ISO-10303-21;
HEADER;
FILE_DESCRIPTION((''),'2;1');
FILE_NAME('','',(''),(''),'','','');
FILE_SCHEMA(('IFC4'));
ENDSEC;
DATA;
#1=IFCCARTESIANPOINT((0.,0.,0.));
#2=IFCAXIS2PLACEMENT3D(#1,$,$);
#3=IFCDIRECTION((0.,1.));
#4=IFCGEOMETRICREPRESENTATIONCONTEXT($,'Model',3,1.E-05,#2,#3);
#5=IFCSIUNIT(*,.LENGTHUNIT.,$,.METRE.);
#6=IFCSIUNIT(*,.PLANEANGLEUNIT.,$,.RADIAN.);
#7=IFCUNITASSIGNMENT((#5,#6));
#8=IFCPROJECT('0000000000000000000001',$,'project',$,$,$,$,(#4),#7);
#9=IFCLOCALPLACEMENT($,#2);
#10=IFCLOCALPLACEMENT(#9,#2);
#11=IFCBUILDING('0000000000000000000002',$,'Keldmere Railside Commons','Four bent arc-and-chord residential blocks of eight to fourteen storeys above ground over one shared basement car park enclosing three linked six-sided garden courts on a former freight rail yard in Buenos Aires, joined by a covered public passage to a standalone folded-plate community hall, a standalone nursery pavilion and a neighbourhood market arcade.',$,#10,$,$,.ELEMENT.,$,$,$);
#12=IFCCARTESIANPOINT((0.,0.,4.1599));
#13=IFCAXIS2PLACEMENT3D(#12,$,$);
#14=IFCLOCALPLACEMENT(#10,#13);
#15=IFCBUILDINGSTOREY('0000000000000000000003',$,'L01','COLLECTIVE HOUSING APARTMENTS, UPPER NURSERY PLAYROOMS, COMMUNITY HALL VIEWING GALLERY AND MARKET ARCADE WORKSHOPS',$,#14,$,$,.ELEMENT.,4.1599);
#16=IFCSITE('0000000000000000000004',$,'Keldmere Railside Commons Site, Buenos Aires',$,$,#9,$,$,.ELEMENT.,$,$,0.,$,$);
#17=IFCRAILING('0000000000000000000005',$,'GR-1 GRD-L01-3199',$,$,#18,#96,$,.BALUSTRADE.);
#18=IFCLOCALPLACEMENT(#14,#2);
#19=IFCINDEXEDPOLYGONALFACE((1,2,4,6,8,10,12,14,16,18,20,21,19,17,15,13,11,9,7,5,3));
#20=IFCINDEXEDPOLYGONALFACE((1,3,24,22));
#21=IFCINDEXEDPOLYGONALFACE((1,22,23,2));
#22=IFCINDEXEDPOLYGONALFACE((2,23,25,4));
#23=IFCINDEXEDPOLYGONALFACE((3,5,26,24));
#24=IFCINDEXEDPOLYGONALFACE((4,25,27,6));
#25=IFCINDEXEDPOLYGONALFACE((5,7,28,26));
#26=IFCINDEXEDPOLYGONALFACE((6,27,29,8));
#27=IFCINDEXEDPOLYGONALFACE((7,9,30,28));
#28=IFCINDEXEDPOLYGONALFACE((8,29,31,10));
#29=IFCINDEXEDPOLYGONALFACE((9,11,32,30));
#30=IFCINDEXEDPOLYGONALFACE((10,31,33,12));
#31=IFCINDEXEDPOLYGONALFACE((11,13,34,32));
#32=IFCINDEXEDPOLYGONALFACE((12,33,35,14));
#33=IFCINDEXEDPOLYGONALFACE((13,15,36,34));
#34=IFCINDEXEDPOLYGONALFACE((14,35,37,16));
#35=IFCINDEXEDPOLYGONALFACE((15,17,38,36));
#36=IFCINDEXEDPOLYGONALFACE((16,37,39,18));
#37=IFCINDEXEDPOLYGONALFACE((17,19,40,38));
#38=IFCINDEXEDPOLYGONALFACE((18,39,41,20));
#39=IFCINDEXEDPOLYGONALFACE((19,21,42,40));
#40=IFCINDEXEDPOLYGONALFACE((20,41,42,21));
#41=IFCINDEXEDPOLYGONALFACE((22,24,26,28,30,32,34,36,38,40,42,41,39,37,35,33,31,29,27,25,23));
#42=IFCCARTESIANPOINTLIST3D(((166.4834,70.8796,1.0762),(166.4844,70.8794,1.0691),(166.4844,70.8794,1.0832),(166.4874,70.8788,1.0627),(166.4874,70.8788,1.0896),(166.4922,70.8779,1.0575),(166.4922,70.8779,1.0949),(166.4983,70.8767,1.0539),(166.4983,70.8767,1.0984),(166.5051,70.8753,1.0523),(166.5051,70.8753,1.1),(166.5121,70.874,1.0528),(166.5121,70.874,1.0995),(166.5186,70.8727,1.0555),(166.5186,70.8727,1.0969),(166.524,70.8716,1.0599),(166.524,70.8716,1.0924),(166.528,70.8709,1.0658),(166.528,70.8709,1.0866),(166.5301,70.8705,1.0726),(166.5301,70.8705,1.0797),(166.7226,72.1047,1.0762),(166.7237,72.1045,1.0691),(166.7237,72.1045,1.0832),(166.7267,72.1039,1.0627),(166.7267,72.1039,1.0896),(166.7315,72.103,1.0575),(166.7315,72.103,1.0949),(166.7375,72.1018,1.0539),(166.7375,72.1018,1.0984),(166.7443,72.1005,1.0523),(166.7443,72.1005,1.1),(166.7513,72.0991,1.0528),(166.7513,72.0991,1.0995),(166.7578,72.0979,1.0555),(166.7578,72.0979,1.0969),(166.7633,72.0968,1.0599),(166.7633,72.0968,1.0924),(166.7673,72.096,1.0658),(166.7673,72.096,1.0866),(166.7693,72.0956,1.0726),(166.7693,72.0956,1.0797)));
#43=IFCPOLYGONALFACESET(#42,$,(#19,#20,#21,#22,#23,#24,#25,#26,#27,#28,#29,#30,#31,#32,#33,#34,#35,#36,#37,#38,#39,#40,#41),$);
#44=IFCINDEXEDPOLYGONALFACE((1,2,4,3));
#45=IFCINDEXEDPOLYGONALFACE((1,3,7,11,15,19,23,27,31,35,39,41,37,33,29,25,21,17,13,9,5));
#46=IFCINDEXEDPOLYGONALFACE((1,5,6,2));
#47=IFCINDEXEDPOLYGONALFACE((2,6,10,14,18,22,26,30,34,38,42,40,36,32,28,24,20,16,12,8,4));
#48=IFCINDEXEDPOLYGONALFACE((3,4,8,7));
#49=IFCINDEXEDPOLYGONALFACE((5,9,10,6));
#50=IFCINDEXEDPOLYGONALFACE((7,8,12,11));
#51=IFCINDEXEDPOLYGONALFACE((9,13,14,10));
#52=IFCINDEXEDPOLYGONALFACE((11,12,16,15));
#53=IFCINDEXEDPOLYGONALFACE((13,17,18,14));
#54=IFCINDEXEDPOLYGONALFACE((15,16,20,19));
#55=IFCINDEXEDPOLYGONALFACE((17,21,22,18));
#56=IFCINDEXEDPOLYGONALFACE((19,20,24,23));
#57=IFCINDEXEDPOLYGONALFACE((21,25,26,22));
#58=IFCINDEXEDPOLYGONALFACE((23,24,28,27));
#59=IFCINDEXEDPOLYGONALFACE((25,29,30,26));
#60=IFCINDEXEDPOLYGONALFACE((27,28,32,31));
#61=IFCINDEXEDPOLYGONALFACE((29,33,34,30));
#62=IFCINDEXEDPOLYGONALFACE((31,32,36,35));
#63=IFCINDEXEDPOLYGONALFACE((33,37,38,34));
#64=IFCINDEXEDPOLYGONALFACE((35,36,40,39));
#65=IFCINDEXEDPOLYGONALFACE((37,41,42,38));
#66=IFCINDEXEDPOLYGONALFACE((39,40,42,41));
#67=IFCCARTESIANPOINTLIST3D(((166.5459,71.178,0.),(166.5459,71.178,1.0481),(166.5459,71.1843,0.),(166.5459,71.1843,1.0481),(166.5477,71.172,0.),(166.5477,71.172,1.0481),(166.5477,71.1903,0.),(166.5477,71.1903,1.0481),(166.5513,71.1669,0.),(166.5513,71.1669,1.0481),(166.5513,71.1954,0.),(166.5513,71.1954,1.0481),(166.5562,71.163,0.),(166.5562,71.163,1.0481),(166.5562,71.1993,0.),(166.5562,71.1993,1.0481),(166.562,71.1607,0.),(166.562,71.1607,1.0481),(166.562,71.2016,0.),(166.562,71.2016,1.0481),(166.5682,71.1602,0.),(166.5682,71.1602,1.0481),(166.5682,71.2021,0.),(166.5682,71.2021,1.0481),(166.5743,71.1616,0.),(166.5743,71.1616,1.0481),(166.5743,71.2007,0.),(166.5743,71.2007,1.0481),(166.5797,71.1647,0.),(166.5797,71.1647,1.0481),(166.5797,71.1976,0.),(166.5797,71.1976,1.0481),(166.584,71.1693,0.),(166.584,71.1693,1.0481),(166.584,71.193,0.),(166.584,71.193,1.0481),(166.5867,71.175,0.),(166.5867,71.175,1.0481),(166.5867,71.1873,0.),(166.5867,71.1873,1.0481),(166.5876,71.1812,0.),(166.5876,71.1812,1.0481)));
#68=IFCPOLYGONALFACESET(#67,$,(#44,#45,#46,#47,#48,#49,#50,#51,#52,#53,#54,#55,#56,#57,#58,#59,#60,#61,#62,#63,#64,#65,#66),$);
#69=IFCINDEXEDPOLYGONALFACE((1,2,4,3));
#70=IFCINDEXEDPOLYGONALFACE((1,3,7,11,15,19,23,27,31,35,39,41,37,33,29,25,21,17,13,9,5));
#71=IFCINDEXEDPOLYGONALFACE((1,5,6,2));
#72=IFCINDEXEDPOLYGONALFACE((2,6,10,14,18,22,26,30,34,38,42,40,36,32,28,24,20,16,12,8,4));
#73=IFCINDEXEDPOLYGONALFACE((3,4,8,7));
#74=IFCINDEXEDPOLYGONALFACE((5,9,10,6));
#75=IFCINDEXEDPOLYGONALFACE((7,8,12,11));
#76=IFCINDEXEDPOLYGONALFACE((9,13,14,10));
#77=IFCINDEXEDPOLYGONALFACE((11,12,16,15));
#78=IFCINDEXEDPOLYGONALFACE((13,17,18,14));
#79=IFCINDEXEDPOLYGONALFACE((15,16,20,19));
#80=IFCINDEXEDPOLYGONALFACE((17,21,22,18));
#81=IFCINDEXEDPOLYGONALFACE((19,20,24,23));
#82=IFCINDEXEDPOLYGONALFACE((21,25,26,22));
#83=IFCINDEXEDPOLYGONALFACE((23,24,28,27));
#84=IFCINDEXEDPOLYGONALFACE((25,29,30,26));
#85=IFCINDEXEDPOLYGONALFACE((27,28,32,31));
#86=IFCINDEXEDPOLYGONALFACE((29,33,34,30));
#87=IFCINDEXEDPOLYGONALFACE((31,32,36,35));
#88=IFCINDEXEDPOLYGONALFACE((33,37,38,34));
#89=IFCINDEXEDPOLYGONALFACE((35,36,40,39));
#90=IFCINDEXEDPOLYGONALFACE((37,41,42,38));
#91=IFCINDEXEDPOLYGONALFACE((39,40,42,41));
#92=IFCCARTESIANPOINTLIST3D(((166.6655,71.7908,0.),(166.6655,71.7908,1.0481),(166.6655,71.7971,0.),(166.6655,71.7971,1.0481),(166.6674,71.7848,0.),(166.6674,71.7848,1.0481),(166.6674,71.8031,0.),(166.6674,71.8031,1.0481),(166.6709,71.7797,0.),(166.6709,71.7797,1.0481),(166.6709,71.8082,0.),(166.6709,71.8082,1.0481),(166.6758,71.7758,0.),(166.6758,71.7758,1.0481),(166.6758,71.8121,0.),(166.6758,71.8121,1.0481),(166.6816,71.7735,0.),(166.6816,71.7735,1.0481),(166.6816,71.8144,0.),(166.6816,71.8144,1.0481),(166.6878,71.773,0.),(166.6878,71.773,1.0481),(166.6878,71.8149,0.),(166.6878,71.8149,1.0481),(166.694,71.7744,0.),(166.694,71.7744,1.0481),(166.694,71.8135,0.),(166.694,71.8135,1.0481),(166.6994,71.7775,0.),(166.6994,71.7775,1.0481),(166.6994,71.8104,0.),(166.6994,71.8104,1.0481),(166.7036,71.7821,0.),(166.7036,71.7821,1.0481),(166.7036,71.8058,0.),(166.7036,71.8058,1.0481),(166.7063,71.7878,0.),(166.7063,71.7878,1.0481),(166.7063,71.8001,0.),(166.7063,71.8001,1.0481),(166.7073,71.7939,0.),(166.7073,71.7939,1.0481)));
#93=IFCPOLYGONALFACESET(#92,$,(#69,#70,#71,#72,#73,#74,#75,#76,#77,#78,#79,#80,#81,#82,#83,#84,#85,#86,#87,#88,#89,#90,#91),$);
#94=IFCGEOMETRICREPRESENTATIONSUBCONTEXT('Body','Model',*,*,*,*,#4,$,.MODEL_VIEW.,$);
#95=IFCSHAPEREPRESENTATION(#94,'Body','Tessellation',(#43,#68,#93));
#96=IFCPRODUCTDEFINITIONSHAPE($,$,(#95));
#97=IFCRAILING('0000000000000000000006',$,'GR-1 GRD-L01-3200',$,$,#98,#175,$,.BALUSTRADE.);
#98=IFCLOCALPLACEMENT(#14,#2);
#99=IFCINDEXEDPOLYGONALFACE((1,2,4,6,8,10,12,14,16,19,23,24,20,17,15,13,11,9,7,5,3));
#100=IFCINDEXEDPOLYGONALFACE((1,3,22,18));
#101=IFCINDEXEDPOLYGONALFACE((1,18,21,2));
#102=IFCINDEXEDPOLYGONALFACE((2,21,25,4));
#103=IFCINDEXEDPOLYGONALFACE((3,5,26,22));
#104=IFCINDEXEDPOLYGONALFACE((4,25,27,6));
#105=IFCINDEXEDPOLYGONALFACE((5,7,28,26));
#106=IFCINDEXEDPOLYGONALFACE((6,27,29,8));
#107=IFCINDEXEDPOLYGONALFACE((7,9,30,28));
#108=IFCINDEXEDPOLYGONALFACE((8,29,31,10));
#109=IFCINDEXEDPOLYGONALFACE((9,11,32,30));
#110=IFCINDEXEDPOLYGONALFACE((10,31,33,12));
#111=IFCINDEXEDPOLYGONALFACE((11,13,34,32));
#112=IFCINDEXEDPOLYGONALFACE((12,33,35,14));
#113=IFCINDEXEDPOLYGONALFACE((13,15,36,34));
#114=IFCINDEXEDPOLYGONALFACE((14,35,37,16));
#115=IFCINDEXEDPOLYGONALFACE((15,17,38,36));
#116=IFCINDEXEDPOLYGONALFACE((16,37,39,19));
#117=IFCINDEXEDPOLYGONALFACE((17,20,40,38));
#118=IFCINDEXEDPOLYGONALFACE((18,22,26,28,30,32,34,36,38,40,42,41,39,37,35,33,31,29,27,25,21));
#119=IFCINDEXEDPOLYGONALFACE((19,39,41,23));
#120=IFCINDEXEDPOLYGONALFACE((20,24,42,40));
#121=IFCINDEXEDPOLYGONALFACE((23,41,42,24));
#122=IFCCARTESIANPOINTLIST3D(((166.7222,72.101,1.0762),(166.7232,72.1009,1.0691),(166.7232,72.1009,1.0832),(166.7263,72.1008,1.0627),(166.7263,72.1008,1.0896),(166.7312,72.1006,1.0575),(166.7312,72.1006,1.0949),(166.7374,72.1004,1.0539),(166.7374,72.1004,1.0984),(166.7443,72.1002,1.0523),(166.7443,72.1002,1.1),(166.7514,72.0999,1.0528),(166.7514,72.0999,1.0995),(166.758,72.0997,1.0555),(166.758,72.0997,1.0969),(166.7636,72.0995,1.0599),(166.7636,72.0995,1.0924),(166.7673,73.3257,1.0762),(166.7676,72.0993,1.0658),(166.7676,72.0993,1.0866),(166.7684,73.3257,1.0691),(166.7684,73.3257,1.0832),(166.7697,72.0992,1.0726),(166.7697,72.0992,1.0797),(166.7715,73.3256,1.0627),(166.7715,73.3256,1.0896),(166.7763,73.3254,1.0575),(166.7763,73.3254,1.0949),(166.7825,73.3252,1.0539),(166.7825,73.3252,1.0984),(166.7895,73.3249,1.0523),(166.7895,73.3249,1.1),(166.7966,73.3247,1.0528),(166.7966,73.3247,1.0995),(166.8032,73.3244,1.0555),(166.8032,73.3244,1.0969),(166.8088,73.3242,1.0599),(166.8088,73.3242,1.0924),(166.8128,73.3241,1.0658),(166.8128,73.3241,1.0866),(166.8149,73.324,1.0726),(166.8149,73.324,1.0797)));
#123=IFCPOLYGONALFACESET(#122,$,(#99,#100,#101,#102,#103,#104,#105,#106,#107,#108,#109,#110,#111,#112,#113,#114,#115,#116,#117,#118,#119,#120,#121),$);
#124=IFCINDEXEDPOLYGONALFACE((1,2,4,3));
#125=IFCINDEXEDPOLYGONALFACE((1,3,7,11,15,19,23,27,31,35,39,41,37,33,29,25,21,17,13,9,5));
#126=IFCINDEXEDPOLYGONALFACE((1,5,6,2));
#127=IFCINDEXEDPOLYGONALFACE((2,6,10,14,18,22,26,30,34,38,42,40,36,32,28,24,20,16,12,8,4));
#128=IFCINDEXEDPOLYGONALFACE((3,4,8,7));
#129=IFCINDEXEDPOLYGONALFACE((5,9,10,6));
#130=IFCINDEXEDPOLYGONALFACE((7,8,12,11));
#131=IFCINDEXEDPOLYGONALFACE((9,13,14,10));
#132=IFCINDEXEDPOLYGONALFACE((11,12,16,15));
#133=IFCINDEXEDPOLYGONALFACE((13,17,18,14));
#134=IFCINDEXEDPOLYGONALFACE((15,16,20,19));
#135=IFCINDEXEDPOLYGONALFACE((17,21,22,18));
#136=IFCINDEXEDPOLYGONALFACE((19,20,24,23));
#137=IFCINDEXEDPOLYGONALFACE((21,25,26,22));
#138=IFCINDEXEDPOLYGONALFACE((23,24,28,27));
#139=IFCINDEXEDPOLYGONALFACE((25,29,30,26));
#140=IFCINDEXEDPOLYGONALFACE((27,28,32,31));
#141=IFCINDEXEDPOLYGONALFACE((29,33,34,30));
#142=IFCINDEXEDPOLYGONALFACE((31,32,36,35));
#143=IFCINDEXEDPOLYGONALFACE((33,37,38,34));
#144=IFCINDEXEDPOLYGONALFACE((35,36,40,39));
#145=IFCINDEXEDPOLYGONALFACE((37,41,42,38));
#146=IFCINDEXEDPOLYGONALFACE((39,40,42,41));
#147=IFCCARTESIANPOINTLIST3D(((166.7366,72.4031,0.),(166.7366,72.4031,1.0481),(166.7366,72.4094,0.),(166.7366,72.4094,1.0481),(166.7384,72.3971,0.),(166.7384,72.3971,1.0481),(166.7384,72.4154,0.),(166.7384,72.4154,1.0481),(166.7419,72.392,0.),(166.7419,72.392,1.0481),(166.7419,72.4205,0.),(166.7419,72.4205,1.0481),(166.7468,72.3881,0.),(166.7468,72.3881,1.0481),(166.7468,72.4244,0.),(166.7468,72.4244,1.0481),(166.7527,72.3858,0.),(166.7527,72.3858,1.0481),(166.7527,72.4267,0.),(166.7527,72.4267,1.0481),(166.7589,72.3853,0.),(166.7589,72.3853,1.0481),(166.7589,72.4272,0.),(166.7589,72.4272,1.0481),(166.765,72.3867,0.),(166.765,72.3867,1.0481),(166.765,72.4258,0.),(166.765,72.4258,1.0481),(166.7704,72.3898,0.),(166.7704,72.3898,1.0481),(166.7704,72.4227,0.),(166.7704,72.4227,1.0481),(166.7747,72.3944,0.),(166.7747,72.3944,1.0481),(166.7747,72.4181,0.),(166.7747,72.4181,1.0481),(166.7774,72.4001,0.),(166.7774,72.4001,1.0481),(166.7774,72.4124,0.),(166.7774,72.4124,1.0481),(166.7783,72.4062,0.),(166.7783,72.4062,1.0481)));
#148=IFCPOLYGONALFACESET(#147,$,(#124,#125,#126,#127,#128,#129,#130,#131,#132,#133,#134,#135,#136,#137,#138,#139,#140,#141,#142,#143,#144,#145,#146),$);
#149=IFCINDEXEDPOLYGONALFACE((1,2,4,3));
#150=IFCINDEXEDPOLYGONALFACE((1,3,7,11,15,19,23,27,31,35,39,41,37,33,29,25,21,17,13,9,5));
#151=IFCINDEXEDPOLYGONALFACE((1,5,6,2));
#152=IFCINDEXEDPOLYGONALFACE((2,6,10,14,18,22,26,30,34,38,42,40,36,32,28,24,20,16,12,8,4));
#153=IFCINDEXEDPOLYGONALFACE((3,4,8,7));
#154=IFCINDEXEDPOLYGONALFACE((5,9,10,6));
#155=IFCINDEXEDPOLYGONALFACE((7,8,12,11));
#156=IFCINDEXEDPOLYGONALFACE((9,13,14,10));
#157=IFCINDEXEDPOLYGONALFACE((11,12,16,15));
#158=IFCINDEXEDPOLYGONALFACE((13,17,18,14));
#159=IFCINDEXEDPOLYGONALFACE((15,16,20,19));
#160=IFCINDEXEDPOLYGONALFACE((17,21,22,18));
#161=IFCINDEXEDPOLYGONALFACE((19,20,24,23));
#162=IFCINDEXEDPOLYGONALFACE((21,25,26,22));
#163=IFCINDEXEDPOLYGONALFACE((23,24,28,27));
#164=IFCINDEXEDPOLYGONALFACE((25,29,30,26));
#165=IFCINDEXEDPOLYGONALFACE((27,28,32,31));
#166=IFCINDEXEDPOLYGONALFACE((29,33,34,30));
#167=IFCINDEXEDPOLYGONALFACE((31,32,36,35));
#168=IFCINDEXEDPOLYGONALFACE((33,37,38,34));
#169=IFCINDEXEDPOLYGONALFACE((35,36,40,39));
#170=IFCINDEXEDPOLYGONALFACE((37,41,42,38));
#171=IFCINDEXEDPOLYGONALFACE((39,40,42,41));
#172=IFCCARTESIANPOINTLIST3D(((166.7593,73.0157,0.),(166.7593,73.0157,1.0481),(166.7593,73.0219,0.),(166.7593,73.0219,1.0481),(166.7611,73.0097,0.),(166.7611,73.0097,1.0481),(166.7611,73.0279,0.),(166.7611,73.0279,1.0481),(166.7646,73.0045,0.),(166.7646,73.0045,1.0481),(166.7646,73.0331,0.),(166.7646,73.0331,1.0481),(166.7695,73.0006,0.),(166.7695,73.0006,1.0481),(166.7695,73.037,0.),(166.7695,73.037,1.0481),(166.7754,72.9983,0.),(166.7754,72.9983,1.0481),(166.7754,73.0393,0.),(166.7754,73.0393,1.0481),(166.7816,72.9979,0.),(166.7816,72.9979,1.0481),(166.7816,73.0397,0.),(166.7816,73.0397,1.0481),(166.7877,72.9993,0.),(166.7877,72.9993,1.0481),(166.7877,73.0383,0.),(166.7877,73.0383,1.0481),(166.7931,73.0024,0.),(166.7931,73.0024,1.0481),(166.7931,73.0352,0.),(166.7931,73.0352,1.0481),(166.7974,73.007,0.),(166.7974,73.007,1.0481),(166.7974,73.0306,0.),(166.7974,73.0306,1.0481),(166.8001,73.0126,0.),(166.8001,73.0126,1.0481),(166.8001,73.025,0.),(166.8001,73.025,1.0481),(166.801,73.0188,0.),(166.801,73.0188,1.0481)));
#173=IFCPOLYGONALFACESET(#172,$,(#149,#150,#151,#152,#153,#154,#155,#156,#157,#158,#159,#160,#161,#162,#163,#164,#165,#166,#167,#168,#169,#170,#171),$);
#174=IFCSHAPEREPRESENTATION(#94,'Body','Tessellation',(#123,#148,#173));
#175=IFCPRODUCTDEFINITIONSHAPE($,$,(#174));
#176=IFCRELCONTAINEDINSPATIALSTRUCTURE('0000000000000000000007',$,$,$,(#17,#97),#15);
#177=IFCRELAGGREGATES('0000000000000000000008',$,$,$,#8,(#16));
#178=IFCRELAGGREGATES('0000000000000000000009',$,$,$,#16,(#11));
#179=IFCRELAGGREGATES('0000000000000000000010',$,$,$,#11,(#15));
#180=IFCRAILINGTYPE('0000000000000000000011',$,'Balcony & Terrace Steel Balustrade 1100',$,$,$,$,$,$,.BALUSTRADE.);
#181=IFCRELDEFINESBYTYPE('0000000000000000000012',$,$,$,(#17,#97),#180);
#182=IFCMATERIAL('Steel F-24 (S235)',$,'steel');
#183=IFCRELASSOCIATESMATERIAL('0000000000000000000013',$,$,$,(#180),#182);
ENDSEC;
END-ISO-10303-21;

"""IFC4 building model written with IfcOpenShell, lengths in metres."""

from ifc_helpers import new_model, si_unit, direction, frame, origin, origin_2d, place, context, subcontext, project, spatial, circle, extrude, material, type_object, element, save


model = new_model("IFC4")

# Units and contexts
model_context = context("Model", 3, precision=1e-05, world=origin(), true_north=direction((0.0, 1.0)))
body_context = subcontext(model_context, "Body", "Model", "MODEL_VIEW")
ifc_project = project(units=[si_unit("LENGTHUNIT", "METRE"), si_unit("PLANEANGLEUNIT", "RADIAN")], contexts=[model_context])

# Site, building, storey
site_placement = place(None, origin())
site = spatial("IfcSite", under=ifc_project, at=site_placement, Name="Keldmere Railside Commons Site, Buenos Aires", CompositionType="ELEMENT", RefElevation=0.0)
building_placement = place(site_placement, origin())
building = spatial("IfcBuilding", under=site, at=building_placement, Name="Keldmere Railside Commons", Description="Four bent arc-and-chord residential blocks of eight to fourteen storeys above ground over one shared basement car park enclosing three linked six-sided garden courts on a former freight rail yard in Buenos Aires, joined by a covered public passage to a standalone folded-plate community hall, a standalone nursery pavilion and a neighbourhood market arcade.", CompositionType="ELEMENT")
storey_placement = place(building_placement, frame((0.0, 0.0, 4.1599)))
storey = spatial("IfcBuildingStorey", under=building, at=storey_placement, Name="L01", Description="COLLECTIVE HOUSING APARTMENTS, UPPER NURSERY PLAYROOMS, COMMUNITY HALL VIEWING GALLERY AND MARKET ARCADE WORKSHOPS", CompositionType="ELEMENT", Elevation=4.1599)

# Shared definitions
ifc_material_1 = material(Name="Steel F-24 (S235)", Category="steel")

# Railings
railing_type = type_object("IfcRailingType", Name="Balcony & Terrace Steel Balustrade 1100", PredefinedType="BALUSTRADE", material=ifc_material_1)
railing_1_placement = place(storey_placement, frame((166.5068, 70.875, 0.0)))
element("IfcRailing", 1, at=railing_1_placement, inside=storey, type_object=railing_type, Name="GR-1 GRD-L01-3199", PredefinedType="BALUSTRADE", context=body_context, shape_type="SweptSolid", body=[
    extrude(circle(Radius=0.0239, at=origin_2d()), frame((0.0, 0.0, 1.0762), z_axis=(0.191676, 0.981458, 0.0), x_axis=(-0.981458, 0.191676, 0.0)), (0.0, 0.0, 1.0), 1.2483),
    extrude(circle(Radius=0.021, at=origin_2d()), frame((0.0598, 0.3062, 0.0)), (0.0, 0.0, 1.0), 1.0481),
    extrude(circle(Radius=0.021, at=origin_2d()), frame((0.1794, 0.9189, 0.0)), (0.0, 0.0, 1.0), 1.0481),
])
railing_2_placement = place(storey_placement, frame((166.7461, 72.1001, 0.0)))
element("IfcRailing", 2, at=railing_2_placement, inside=storey, type_object=railing_type, Name="GR-1 GRD-L01-3200", PredefinedType="BALUSTRADE", context=body_context, shape_type="SweptSolid", body=[
    extrude(circle(Radius=0.0239, at=origin_2d()), frame((0.0, 0.0, 1.0762), z_axis=(0.03685, 0.999321, 0.0), x_axis=(-0.999321, 0.03685, 0.0)), (0.0, 0.0, 1.0), 1.2256),
    extrude(circle(Radius=0.021, at=origin_2d()), frame((0.0112, 0.3062, 0.0)), (0.0, 0.0, 1.0), 1.0481),
    extrude(circle(Radius=0.021, at=origin_2d()), frame((0.0339, 0.9187, 0.0)), (0.0, 0.0, 1.0), 1.0481),
])

save(model, "model.ifc")
